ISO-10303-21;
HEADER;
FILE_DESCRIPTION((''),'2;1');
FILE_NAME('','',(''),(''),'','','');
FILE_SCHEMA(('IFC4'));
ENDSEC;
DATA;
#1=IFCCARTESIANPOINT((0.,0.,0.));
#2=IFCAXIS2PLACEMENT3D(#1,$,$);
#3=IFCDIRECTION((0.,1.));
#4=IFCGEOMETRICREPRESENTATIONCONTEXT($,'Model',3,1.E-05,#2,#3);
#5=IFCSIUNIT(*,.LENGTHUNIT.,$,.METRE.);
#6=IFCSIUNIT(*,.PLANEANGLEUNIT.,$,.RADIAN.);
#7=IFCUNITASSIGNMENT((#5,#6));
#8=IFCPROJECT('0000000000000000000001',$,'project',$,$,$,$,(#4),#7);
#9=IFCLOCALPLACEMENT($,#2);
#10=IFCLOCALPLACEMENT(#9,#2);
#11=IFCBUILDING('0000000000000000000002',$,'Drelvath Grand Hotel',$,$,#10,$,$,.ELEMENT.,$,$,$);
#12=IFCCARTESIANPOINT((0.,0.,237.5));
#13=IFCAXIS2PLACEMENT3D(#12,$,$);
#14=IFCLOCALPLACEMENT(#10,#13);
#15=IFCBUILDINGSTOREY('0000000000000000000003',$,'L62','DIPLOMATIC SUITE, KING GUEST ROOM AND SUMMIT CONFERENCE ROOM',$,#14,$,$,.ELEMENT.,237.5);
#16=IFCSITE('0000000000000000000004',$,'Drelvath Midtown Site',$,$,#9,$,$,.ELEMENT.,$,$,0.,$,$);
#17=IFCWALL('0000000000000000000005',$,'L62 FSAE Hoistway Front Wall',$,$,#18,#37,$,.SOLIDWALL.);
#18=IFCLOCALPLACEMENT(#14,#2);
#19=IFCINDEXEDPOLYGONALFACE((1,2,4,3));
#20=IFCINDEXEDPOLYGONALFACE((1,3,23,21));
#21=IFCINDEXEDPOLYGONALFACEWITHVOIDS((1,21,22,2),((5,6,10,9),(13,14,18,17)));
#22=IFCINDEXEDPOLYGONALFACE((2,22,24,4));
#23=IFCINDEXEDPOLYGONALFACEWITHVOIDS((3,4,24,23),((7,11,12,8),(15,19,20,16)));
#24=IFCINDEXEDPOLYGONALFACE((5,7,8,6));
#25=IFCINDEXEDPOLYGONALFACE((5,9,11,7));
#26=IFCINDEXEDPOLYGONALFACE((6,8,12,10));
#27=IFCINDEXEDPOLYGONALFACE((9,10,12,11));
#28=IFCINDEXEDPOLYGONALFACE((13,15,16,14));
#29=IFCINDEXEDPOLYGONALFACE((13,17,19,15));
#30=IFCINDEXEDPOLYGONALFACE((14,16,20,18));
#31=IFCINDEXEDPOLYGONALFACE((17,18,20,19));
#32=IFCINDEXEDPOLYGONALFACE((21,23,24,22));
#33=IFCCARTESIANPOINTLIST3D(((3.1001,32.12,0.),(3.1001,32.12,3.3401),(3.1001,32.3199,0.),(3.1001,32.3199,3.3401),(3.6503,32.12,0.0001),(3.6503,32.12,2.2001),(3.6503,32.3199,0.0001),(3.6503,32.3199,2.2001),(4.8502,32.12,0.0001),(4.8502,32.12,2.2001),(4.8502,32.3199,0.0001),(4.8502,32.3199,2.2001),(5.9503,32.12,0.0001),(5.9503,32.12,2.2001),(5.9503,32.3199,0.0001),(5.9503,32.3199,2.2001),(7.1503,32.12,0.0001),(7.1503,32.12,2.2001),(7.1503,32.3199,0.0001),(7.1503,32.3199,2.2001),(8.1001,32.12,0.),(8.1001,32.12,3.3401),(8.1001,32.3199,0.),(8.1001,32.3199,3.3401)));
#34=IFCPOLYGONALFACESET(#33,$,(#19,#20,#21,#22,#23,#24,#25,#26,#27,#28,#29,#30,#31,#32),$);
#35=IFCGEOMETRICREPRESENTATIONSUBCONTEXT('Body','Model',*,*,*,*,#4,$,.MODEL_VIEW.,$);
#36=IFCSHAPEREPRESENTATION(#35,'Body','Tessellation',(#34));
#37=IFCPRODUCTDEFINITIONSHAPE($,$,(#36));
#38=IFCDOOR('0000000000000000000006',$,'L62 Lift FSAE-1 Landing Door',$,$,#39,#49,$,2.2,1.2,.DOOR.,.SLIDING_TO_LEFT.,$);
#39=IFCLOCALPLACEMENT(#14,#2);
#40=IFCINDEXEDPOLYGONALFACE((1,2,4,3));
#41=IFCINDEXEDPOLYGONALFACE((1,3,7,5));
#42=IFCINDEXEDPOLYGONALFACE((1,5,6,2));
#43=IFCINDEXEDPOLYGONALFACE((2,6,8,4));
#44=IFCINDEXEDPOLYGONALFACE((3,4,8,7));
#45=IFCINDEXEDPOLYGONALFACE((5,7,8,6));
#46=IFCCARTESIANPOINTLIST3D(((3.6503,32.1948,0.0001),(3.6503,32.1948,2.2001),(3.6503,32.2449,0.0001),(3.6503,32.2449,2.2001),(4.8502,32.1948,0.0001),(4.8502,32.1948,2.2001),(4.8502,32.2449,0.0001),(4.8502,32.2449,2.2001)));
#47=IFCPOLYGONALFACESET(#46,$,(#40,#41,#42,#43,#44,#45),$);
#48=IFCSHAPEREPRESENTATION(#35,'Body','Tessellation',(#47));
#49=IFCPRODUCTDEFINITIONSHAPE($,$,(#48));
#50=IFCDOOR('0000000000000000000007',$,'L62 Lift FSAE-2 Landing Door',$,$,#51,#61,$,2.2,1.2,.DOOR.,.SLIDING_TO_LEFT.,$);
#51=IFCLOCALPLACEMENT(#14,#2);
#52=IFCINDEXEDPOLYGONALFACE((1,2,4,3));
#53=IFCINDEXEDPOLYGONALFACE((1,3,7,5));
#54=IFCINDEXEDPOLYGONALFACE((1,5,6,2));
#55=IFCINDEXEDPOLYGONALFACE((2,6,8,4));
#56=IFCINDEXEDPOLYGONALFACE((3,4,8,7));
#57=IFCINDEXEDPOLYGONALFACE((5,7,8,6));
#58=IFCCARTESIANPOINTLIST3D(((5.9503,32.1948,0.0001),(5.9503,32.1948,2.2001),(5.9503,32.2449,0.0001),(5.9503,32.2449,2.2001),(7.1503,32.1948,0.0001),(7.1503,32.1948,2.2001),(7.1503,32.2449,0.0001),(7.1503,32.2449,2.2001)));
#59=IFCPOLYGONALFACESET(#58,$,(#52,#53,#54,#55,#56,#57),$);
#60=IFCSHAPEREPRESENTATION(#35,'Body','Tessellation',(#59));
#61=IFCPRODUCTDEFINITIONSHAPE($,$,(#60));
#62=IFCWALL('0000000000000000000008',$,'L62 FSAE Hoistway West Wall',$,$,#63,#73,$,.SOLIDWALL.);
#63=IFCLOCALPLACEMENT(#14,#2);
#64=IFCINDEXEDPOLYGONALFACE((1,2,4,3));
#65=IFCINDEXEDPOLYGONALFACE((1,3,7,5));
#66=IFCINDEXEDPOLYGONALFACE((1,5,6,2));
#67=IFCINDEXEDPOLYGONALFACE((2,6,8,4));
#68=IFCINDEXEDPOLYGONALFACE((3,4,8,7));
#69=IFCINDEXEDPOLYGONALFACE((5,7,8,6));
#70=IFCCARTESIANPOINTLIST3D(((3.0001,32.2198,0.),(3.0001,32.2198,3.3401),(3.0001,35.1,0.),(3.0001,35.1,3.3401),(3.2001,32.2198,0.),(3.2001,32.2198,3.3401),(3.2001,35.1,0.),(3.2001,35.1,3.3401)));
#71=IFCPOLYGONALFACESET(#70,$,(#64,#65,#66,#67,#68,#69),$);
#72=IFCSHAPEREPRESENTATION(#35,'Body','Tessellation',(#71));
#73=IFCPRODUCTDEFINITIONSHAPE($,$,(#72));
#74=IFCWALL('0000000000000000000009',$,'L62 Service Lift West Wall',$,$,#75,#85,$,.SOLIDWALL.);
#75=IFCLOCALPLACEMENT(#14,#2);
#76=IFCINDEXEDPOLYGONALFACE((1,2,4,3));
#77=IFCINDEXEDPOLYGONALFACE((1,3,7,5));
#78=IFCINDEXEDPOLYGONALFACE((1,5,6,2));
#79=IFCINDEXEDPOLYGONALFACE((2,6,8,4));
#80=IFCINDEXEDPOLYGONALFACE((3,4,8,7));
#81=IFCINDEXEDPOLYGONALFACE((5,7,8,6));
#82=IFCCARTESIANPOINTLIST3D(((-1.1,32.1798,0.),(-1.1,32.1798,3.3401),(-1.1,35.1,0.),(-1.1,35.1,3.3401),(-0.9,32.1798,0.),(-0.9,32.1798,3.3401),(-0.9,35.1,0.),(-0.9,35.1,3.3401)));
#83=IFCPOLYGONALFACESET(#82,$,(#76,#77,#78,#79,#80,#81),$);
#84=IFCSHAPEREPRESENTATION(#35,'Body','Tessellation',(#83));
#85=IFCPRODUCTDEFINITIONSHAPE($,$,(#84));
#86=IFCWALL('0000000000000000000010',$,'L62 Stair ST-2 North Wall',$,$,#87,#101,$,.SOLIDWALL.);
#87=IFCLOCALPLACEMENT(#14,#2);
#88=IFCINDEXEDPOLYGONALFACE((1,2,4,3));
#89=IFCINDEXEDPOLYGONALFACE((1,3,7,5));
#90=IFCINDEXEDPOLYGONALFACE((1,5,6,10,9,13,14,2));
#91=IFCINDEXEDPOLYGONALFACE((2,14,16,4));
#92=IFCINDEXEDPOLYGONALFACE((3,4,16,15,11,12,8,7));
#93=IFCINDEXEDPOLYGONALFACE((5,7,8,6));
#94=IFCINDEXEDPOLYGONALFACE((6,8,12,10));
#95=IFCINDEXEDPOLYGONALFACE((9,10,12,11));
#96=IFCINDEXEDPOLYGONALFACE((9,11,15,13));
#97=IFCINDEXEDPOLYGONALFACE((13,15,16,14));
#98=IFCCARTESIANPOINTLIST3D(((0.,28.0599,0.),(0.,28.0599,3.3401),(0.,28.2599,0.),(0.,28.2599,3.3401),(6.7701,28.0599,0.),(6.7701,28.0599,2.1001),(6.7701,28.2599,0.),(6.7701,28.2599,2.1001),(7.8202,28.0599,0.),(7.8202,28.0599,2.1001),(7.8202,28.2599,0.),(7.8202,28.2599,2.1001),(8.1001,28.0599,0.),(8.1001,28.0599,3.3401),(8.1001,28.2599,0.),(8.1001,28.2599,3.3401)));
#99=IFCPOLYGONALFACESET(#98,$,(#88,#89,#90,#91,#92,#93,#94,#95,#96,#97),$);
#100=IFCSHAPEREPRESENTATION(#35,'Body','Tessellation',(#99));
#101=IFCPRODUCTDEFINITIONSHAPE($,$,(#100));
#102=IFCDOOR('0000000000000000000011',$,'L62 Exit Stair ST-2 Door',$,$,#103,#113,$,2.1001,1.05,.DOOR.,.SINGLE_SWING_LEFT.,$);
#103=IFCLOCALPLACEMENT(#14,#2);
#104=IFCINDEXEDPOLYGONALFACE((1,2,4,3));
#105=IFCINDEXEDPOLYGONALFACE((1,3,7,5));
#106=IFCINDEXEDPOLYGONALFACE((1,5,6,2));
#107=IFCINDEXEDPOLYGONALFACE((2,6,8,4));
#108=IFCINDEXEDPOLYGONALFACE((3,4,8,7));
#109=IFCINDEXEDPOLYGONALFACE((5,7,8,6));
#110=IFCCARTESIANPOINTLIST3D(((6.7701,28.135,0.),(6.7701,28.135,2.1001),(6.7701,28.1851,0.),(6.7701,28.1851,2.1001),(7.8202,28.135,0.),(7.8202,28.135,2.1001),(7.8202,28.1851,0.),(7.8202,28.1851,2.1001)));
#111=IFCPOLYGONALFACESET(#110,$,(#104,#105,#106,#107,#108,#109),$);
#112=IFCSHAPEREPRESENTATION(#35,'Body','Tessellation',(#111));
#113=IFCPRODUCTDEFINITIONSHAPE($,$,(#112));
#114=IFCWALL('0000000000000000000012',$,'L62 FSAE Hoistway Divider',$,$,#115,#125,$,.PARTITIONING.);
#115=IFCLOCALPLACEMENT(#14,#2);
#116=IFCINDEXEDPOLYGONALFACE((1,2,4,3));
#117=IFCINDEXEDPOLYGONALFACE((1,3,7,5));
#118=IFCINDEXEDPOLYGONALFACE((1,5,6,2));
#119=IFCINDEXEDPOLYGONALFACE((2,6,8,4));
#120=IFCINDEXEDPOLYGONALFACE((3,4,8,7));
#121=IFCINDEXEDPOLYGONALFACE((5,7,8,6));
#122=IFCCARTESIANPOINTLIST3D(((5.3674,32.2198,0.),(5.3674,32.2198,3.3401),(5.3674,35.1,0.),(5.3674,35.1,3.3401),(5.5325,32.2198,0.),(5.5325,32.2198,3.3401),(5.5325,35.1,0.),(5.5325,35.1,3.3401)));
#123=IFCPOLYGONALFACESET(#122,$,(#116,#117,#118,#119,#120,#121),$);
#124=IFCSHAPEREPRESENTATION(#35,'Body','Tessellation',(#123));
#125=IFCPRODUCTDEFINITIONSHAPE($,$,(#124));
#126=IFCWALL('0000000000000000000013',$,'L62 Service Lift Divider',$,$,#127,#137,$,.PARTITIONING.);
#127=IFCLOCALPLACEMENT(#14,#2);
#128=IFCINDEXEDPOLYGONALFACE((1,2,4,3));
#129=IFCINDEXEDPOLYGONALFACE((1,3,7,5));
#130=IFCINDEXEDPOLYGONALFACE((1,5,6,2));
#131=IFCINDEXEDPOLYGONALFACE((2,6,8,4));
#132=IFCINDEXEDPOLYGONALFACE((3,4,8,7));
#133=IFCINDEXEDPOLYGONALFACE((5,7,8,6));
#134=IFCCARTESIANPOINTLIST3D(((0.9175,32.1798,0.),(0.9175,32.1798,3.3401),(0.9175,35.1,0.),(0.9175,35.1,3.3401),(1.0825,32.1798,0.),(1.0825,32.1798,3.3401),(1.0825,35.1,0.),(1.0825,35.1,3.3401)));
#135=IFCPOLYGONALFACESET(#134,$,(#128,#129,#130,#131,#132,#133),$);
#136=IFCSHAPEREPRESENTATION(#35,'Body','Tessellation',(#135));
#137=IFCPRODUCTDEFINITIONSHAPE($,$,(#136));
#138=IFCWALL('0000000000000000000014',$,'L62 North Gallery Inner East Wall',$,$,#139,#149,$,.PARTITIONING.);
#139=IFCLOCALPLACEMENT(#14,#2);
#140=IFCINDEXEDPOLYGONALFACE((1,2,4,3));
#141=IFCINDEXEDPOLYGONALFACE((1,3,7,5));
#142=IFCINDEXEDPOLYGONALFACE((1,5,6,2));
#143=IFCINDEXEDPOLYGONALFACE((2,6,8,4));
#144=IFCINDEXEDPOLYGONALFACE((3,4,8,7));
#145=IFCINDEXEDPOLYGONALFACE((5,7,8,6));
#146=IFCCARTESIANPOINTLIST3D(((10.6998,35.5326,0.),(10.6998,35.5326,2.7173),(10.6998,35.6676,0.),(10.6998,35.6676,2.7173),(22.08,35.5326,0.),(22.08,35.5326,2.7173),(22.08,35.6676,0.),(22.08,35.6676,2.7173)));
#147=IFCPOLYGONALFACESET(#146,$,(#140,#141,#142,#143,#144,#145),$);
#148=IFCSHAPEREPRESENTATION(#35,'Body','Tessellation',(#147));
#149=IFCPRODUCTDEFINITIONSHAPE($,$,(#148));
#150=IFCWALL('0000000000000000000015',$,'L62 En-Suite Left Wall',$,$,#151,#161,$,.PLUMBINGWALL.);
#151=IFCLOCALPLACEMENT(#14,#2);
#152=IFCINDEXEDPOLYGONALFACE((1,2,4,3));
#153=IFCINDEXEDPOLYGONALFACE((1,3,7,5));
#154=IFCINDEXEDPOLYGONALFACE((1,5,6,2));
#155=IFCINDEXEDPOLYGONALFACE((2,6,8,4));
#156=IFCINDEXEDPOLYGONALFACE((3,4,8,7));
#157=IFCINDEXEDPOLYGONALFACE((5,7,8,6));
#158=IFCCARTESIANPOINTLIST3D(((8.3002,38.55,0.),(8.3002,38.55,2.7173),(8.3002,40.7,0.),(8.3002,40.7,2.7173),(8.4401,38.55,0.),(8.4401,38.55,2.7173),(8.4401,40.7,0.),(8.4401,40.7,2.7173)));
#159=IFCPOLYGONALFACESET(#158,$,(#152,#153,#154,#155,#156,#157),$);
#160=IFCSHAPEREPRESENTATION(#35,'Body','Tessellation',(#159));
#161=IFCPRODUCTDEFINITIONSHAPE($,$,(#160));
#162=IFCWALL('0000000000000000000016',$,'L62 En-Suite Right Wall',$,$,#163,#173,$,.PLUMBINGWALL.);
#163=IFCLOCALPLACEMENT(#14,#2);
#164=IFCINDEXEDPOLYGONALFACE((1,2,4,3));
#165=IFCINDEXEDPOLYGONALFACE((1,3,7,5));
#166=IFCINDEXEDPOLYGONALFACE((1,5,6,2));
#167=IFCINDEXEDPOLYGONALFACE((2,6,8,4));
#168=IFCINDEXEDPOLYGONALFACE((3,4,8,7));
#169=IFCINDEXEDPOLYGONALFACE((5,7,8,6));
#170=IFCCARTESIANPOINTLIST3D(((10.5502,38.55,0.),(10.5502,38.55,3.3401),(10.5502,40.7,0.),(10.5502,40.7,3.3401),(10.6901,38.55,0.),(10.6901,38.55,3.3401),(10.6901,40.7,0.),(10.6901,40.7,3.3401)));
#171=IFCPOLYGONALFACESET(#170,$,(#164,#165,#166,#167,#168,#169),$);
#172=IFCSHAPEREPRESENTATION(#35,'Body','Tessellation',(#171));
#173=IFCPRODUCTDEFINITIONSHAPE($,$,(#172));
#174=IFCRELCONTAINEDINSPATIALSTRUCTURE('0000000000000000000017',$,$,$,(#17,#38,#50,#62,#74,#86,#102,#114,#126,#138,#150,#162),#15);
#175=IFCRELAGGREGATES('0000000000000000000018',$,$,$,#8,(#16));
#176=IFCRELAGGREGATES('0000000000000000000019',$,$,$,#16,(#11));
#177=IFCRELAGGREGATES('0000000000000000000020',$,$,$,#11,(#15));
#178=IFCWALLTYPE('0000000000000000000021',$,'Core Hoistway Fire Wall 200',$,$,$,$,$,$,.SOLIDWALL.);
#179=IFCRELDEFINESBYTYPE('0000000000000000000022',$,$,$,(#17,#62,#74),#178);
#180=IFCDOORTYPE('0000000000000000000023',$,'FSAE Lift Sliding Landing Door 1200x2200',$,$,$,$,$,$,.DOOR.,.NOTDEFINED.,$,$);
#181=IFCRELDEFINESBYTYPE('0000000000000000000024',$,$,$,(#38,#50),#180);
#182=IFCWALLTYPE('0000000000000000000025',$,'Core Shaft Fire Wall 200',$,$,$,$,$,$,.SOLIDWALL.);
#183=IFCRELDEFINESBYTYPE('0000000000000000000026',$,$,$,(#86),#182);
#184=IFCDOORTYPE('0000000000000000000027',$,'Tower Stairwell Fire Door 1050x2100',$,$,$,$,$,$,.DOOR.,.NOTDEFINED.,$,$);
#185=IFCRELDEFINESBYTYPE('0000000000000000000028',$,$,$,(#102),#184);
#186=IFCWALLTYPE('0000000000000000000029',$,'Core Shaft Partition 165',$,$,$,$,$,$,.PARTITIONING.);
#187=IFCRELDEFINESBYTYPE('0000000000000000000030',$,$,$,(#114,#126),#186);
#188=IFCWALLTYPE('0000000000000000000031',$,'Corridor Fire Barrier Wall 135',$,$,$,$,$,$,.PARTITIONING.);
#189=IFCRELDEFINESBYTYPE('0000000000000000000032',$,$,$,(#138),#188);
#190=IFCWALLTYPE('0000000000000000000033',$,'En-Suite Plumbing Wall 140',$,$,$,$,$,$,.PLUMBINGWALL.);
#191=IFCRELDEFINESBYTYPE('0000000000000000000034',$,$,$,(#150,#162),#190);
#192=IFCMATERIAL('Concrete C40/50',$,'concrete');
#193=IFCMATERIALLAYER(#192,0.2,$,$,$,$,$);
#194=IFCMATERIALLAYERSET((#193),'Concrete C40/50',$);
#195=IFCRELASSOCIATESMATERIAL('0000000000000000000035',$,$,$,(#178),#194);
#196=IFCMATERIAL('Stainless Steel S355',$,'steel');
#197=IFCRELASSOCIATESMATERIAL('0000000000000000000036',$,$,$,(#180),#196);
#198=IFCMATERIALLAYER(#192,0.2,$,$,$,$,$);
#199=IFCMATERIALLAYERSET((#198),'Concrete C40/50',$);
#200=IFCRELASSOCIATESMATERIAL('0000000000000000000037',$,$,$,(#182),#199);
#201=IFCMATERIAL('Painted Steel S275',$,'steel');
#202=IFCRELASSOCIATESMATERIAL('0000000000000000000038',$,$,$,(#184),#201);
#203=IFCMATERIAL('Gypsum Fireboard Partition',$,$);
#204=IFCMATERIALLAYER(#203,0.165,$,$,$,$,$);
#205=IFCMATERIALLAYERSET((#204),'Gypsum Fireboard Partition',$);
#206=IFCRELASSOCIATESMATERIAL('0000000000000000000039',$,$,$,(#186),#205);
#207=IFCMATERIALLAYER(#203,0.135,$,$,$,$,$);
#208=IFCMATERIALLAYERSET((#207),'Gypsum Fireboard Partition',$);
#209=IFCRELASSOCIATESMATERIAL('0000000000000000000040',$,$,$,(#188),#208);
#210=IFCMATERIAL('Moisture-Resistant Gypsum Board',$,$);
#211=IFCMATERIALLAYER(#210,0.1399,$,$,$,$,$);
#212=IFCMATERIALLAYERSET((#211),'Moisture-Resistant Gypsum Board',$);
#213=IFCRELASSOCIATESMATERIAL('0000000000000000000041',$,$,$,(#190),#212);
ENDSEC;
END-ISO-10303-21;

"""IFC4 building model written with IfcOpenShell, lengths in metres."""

from ifc_helpers import new_model, si_unit, direction, frame, frame_2d, origin, place, context, subcontext, project, spatial, rectangle, extrude, material, layer, layer_set, type_object, element, fill, save


model = new_model("IFC4")

# Units and contexts
model_context = context("Model", 3, precision=1e-05, world=origin(), true_north=direction((0.0, 1.0)))
body_context = subcontext(model_context, "Body", "Model", "MODEL_VIEW")
ifc_project = project(units=[si_unit("LENGTHUNIT", "METRE"), si_unit("PLANEANGLEUNIT", "RADIAN")], contexts=[model_context])

# Site, building, storey
site_placement = place(None, origin())
site = spatial("IfcSite", under=ifc_project, at=site_placement, Name="Drelvath Midtown Site", CompositionType="ELEMENT", RefElevation=0.0)
building_placement = place(site_placement, origin())
building = spatial("IfcBuilding", under=site, at=building_placement, Name="Drelvath Grand Hotel", CompositionType="ELEMENT")
storey_placement = place(building_placement, frame((0.0, 0.0, 237.5)))
storey = spatial("IfcBuildingStorey", under=building, at=storey_placement, Name="L62", Description="DIPLOMATIC SUITE, KING GUEST ROOM AND SUMMIT CONFERENCE ROOM", CompositionType="ELEMENT", Elevation=237.5)

# Wall, openings, doors
ifc_material_1 = material(Name="Concrete C40/50", Category="concrete")
ifc_layer_1 = layer(ifc_material_1, 0.2)
ifc_layer_set_1 = layer_set([ifc_layer_1], Name="Concrete C40/50")
wall_type_1 = type_object("IfcWallType", Name="Core Hoistway Fire Wall 200", PredefinedType="SOLIDWALL", material=ifc_layer_set_1)
wall_1_placement = place(storey_placement, frame((3.1001, 32.22, 0.0), z_axis=(0.0, 0.0, 1.0), x_axis=(1.0, 0.0, 0.0)))
wall_1 = element("IfcWall", 1, at=wall_1_placement, inside=storey, type_object=wall_type_1, Name="L62 FSAE Hoistway Front Wall", PredefinedType="SOLIDWALL", context=body_context, shape_type="SweptSolid", body=[
    extrude(rectangle(XDim=5.0, YDim=0.2, at=frame_2d((2.5, 0.0))), origin(), (0.0, 0.0, 1.0), 3.3401),
])
opening_1_placement = place(wall_1_placement, frame((0.55, 0.0, 0.0)))
opening_1 = element("IfcOpeningElement", 2, at=opening_1_placement, cuts=wall_1, PredefinedType="OPENING", context=body_context, shape_type="SweptSolid", body=[
    extrude(rectangle(XDim=1.2, YDim=2.2, at=frame_2d((0.6001, 1.1001))), frame((0.0, 0.1099, 0.0), z_axis=(0.0, -1.0, 0.0), x_axis=(1.0, 0.0, 0.0)), (0.0, 0.0, 1.0), 0.22),
])
opening_2_placement = place(wall_1_placement, frame((2.8501, 0.0, 0.0)))
opening_2 = element("IfcOpeningElement", 3, at=opening_2_placement, cuts=wall_1, PredefinedType="OPENING", context=body_context, shape_type="SweptSolid", body=[
    extrude(rectangle(XDim=1.2, YDim=2.2, at=frame_2d((0.6001, 1.1001))), frame((0.0, 0.1099, 0.0), z_axis=(0.0, -1.0, 0.0), x_axis=(1.0, 0.0, 0.0)), (0.0, 0.0, 1.0), 0.22),
])
ifc_material_2 = material(Name="Stainless Steel S355", Category="steel")
door_type_1 = type_object("IfcDoorType", Name="FSAE Lift Sliding Landing Door 1200x2200", OperationType="NOTDEFINED", PredefinedType="DOOR", material=ifc_material_2)
door_1_placement = place(opening_1_placement, origin())
door_1 = element("IfcDoor", 4, at=door_1_placement, inside=storey, type_object=door_type_1, Name="L62 Lift FSAE-1 Landing Door", OperationType="SLIDING_TO_LEFT", OverallHeight=2.2, OverallWidth=1.2, PredefinedType="DOOR", context=body_context, shape_type="SweptSolid", body=[
    extrude(rectangle(XDim=1.2, YDim=2.2, at=frame_2d((0.6001, 1.1001))), frame((0.0, 0.0249, 0.0), z_axis=(0.0, -1.0, 0.0), x_axis=(1.0, 0.0, 0.0)), (0.0, 0.0, 1.0), 0.05),
])
fill(opening_1, door_1)
door_2_placement = place(opening_2_placement, origin())
door_2 = element("IfcDoor", 5, at=door_2_placement, inside=storey, type_object=door_type_1, Name="L62 Lift FSAE-2 Landing Door", OperationType="SLIDING_TO_LEFT", OverallHeight=2.2, OverallWidth=1.2, PredefinedType="DOOR", context=body_context, shape_type="SweptSolid", body=[
    extrude(rectangle(XDim=1.2, YDim=2.2, at=frame_2d((0.6001, 1.1001))), frame((0.0, 0.0249, 0.0), z_axis=(0.0, -1.0, 0.0), x_axis=(1.0, 0.0, 0.0)), (0.0, 0.0, 1.0), 0.05),
])
fill(opening_2, door_2)

# Walls
wall_2_placement = place(storey_placement, frame((3.1001, 32.22, 0.0), z_axis=(0.0, 0.0, 1.0), x_axis=(0.0, 1.0, 0.0)))
element("IfcWall", 6, at=wall_2_placement, inside=storey, type_object=wall_type_1, Name="L62 FSAE Hoistway West Wall", PredefinedType="SOLIDWALL", context=body_context, shape_type="SweptSolid", body=[
    extrude(rectangle(XDim=2.8801, YDim=0.2, at=frame_2d((1.4399, 0.0))), origin(), (0.0, 0.0, 1.0), 3.3401),
])
wall_3_placement = place(storey_placement, frame((-1.0, 32.1799, 0.0), z_axis=(0.0, 0.0, 1.0), x_axis=(0.0, 1.0, 0.0)))
element("IfcWall", 7, at=wall_3_placement, inside=storey, type_object=wall_type_1, Name="L62 Service Lift West Wall", PredefinedType="SOLIDWALL", context=body_context, shape_type="SweptSolid", body=[
    extrude(rectangle(XDim=2.9202, YDim=0.2, at=frame_2d((1.46, 0.0))), origin(), (0.0, 0.0, 1.0), 3.3401),
])

# Wall, opening, door
ifc_layer_2 = layer(ifc_material_1, 0.2)
ifc_layer_set_2 = layer_set([ifc_layer_2], Name="Concrete C40/50")
wall_type_2 = type_object("IfcWallType", Name="Core Shaft Fire Wall 200", PredefinedType="SOLIDWALL", material=ifc_layer_set_2)
wall_4_placement = place(storey_placement, frame((8.1001, 28.1599, 0.0), z_axis=(0.0, 0.0, 1.0), x_axis=(-1.0, 0.0, 0.0)))
wall_4 = element("IfcWall", 8, at=wall_4_placement, inside=storey, type_object=wall_type_2, Name="L62 Stair ST-2 North Wall", PredefinedType="SOLIDWALL", context=body_context, shape_type="SweptSolid", body=[
    extrude(rectangle(XDim=8.1001, YDim=0.2, at=frame_2d((4.05, 0.0))), origin(), (0.0, 0.0, 1.0), 3.3401),
])
opening_3_placement = place(wall_4_placement, frame((0.28, 0.0, 0.0)))
opening_3 = element("IfcOpeningElement", 9, at=opening_3_placement, cuts=wall_4, PredefinedType="OPENING", context=body_context, shape_type="SweptSolid", body=[
    extrude(rectangle(XDim=1.05, YDim=2.1001, at=frame_2d((0.5249, 1.05))), frame((0.0, 0.1099, 0.0), z_axis=(0.0, -1.0, 0.0), x_axis=(1.0, 0.0, 0.0)), (0.0, 0.0, 1.0), 0.22),
])
ifc_material_3 = material(Name="Painted Steel S275", Category="steel")
door_type_2 = type_object("IfcDoorType", Name="Tower Stairwell Fire Door 1050x2100", OperationType="NOTDEFINED", PredefinedType="DOOR", material=ifc_material_3)
door_3_placement = place(opening_3_placement, origin())
door_3 = element("IfcDoor", 10, at=door_3_placement, inside=storey, type_object=door_type_2, Name="L62 Exit Stair ST-2 Door", OperationType="SINGLE_SWING_LEFT", OverallHeight=2.1001, OverallWidth=1.05, PredefinedType="DOOR", context=body_context, shape_type="SweptSolid", body=[
    extrude(rectangle(XDim=1.05, YDim=2.1001, at=frame_2d((0.5249, 1.05))), frame((0.0, 0.0249, 0.0), z_axis=(0.0, -1.0, 0.0), x_axis=(1.0, 0.0, 0.0)), (0.0, 0.0, 1.0), 0.05),
])
fill(opening_3, door_3)

# Walls
ifc_material_4 = material(Name="Gypsum Fireboard Partition")
ifc_layer_3 = layer(ifc_material_4, 0.165)
ifc_layer_set_3 = layer_set([ifc_layer_3], Name="Gypsum Fireboard Partition")
wall_type_3 = type_object("IfcWallType", Name="Core Shaft Partition 165", PredefinedType="PARTITIONING", material=ifc_layer_set_3)
wall_5_placement = place(storey_placement, frame((5.45, 32.22, 0.0), z_axis=(0.0, 0.0, 1.0), x_axis=(0.0, 1.0, 0.0)))
element("IfcWall", 11, at=wall_5_placement, inside=storey, type_object=wall_type_3, Name="L62 FSAE Hoistway Divider", PredefinedType="PARTITIONING", context=body_context, shape_type="SweptSolid", body=[
    extrude(rectangle(XDim=2.8801, YDim=0.165, at=frame_2d((1.4399, 0.0))), origin(), (0.0, 0.0, 1.0), 3.3401),
])
wall_6_placement = place(storey_placement, frame((1.0, 32.1799, 0.0), z_axis=(0.0, 0.0, 1.0), x_axis=(0.0, 1.0, 0.0)))
element("IfcWall", 12, at=wall_6_placement, inside=storey, type_object=wall_type_3, Name="L62 Service Lift Divider", PredefinedType="PARTITIONING", context=body_context, shape_type="SweptSolid", body=[
    extrude(rectangle(XDim=2.9202, YDim=0.165, at=frame_2d((1.46, 0.0))), origin(), (0.0, 0.0, 1.0), 3.3401),
])
ifc_layer_4 = layer(ifc_material_4, 0.135)
ifc_layer_set_4 = layer_set([ifc_layer_4], Name="Gypsum Fireboard Partition")
wall_type_4 = type_object("IfcWallType", Name="Corridor Fire Barrier Wall 135", PredefinedType="PARTITIONING", material=ifc_layer_set_4)
wall_7_placement = place(storey_placement, frame((10.7, 35.6001, 0.0), z_axis=(0.0, 0.0, 1.0), x_axis=(1.0, 0.0, 0.0)))
element("IfcWall", 13, at=wall_7_placement, inside=storey, type_object=wall_type_4, Name="L62 North Gallery Inner East Wall", PredefinedType="PARTITIONING", context=body_context, shape_type="SweptSolid", body=[
    extrude(rectangle(XDim=11.3801, YDim=0.135, at=frame_2d((5.6899, 0.0))), origin(), (0.0, 0.0, 1.0), 2.7173),
])
ifc_material_5 = material(Name="Moisture-Resistant Gypsum Board")
ifc_layer_5 = layer(ifc_material_5, 0.1399)
ifc_layer_set_5 = layer_set([ifc_layer_5], Name="Moisture-Resistant Gypsum Board")
wall_type_5 = type_object("IfcWallType", Name="En-Suite Plumbing Wall 140", PredefinedType="PLUMBINGWALL", material=ifc_layer_set_5)
wall_8_placement = place(storey_placement, frame((8.3701, 38.55, 0.0), z_axis=(0.0, 0.0, 1.0), x_axis=(0.0, 1.0, 0.0)))
element("IfcWall", 14, at=wall_8_placement, inside=storey, type_object=wall_type_5, Name="L62 En-Suite Left Wall", PredefinedType="PLUMBINGWALL", context=body_context, shape_type="SweptSolid", body=[
    extrude(rectangle(XDim=2.1499, YDim=0.1399, at=frame_2d((1.075, 0.0))), origin(), (0.0, 0.0, 1.0), 2.7173),
])
wall_9_placement = place(storey_placement, frame((10.6201, 38.55, 0.0), z_axis=(0.0, 0.0, 1.0), x_axis=(0.0, 1.0, 0.0)))
element("IfcWall", 15, at=wall_9_placement, inside=storey, type_object=wall_type_5, Name="L62 En-Suite Right Wall", PredefinedType="PLUMBINGWALL", context=body_context, shape_type="SweptSolid", body=[
    extrude(rectangle(XDim=2.1499, YDim=0.1399, at=frame_2d((1.075, 0.0))), origin(), (0.0, 0.0, 1.0), 3.3401),
])

save(model, "model.ifc")
